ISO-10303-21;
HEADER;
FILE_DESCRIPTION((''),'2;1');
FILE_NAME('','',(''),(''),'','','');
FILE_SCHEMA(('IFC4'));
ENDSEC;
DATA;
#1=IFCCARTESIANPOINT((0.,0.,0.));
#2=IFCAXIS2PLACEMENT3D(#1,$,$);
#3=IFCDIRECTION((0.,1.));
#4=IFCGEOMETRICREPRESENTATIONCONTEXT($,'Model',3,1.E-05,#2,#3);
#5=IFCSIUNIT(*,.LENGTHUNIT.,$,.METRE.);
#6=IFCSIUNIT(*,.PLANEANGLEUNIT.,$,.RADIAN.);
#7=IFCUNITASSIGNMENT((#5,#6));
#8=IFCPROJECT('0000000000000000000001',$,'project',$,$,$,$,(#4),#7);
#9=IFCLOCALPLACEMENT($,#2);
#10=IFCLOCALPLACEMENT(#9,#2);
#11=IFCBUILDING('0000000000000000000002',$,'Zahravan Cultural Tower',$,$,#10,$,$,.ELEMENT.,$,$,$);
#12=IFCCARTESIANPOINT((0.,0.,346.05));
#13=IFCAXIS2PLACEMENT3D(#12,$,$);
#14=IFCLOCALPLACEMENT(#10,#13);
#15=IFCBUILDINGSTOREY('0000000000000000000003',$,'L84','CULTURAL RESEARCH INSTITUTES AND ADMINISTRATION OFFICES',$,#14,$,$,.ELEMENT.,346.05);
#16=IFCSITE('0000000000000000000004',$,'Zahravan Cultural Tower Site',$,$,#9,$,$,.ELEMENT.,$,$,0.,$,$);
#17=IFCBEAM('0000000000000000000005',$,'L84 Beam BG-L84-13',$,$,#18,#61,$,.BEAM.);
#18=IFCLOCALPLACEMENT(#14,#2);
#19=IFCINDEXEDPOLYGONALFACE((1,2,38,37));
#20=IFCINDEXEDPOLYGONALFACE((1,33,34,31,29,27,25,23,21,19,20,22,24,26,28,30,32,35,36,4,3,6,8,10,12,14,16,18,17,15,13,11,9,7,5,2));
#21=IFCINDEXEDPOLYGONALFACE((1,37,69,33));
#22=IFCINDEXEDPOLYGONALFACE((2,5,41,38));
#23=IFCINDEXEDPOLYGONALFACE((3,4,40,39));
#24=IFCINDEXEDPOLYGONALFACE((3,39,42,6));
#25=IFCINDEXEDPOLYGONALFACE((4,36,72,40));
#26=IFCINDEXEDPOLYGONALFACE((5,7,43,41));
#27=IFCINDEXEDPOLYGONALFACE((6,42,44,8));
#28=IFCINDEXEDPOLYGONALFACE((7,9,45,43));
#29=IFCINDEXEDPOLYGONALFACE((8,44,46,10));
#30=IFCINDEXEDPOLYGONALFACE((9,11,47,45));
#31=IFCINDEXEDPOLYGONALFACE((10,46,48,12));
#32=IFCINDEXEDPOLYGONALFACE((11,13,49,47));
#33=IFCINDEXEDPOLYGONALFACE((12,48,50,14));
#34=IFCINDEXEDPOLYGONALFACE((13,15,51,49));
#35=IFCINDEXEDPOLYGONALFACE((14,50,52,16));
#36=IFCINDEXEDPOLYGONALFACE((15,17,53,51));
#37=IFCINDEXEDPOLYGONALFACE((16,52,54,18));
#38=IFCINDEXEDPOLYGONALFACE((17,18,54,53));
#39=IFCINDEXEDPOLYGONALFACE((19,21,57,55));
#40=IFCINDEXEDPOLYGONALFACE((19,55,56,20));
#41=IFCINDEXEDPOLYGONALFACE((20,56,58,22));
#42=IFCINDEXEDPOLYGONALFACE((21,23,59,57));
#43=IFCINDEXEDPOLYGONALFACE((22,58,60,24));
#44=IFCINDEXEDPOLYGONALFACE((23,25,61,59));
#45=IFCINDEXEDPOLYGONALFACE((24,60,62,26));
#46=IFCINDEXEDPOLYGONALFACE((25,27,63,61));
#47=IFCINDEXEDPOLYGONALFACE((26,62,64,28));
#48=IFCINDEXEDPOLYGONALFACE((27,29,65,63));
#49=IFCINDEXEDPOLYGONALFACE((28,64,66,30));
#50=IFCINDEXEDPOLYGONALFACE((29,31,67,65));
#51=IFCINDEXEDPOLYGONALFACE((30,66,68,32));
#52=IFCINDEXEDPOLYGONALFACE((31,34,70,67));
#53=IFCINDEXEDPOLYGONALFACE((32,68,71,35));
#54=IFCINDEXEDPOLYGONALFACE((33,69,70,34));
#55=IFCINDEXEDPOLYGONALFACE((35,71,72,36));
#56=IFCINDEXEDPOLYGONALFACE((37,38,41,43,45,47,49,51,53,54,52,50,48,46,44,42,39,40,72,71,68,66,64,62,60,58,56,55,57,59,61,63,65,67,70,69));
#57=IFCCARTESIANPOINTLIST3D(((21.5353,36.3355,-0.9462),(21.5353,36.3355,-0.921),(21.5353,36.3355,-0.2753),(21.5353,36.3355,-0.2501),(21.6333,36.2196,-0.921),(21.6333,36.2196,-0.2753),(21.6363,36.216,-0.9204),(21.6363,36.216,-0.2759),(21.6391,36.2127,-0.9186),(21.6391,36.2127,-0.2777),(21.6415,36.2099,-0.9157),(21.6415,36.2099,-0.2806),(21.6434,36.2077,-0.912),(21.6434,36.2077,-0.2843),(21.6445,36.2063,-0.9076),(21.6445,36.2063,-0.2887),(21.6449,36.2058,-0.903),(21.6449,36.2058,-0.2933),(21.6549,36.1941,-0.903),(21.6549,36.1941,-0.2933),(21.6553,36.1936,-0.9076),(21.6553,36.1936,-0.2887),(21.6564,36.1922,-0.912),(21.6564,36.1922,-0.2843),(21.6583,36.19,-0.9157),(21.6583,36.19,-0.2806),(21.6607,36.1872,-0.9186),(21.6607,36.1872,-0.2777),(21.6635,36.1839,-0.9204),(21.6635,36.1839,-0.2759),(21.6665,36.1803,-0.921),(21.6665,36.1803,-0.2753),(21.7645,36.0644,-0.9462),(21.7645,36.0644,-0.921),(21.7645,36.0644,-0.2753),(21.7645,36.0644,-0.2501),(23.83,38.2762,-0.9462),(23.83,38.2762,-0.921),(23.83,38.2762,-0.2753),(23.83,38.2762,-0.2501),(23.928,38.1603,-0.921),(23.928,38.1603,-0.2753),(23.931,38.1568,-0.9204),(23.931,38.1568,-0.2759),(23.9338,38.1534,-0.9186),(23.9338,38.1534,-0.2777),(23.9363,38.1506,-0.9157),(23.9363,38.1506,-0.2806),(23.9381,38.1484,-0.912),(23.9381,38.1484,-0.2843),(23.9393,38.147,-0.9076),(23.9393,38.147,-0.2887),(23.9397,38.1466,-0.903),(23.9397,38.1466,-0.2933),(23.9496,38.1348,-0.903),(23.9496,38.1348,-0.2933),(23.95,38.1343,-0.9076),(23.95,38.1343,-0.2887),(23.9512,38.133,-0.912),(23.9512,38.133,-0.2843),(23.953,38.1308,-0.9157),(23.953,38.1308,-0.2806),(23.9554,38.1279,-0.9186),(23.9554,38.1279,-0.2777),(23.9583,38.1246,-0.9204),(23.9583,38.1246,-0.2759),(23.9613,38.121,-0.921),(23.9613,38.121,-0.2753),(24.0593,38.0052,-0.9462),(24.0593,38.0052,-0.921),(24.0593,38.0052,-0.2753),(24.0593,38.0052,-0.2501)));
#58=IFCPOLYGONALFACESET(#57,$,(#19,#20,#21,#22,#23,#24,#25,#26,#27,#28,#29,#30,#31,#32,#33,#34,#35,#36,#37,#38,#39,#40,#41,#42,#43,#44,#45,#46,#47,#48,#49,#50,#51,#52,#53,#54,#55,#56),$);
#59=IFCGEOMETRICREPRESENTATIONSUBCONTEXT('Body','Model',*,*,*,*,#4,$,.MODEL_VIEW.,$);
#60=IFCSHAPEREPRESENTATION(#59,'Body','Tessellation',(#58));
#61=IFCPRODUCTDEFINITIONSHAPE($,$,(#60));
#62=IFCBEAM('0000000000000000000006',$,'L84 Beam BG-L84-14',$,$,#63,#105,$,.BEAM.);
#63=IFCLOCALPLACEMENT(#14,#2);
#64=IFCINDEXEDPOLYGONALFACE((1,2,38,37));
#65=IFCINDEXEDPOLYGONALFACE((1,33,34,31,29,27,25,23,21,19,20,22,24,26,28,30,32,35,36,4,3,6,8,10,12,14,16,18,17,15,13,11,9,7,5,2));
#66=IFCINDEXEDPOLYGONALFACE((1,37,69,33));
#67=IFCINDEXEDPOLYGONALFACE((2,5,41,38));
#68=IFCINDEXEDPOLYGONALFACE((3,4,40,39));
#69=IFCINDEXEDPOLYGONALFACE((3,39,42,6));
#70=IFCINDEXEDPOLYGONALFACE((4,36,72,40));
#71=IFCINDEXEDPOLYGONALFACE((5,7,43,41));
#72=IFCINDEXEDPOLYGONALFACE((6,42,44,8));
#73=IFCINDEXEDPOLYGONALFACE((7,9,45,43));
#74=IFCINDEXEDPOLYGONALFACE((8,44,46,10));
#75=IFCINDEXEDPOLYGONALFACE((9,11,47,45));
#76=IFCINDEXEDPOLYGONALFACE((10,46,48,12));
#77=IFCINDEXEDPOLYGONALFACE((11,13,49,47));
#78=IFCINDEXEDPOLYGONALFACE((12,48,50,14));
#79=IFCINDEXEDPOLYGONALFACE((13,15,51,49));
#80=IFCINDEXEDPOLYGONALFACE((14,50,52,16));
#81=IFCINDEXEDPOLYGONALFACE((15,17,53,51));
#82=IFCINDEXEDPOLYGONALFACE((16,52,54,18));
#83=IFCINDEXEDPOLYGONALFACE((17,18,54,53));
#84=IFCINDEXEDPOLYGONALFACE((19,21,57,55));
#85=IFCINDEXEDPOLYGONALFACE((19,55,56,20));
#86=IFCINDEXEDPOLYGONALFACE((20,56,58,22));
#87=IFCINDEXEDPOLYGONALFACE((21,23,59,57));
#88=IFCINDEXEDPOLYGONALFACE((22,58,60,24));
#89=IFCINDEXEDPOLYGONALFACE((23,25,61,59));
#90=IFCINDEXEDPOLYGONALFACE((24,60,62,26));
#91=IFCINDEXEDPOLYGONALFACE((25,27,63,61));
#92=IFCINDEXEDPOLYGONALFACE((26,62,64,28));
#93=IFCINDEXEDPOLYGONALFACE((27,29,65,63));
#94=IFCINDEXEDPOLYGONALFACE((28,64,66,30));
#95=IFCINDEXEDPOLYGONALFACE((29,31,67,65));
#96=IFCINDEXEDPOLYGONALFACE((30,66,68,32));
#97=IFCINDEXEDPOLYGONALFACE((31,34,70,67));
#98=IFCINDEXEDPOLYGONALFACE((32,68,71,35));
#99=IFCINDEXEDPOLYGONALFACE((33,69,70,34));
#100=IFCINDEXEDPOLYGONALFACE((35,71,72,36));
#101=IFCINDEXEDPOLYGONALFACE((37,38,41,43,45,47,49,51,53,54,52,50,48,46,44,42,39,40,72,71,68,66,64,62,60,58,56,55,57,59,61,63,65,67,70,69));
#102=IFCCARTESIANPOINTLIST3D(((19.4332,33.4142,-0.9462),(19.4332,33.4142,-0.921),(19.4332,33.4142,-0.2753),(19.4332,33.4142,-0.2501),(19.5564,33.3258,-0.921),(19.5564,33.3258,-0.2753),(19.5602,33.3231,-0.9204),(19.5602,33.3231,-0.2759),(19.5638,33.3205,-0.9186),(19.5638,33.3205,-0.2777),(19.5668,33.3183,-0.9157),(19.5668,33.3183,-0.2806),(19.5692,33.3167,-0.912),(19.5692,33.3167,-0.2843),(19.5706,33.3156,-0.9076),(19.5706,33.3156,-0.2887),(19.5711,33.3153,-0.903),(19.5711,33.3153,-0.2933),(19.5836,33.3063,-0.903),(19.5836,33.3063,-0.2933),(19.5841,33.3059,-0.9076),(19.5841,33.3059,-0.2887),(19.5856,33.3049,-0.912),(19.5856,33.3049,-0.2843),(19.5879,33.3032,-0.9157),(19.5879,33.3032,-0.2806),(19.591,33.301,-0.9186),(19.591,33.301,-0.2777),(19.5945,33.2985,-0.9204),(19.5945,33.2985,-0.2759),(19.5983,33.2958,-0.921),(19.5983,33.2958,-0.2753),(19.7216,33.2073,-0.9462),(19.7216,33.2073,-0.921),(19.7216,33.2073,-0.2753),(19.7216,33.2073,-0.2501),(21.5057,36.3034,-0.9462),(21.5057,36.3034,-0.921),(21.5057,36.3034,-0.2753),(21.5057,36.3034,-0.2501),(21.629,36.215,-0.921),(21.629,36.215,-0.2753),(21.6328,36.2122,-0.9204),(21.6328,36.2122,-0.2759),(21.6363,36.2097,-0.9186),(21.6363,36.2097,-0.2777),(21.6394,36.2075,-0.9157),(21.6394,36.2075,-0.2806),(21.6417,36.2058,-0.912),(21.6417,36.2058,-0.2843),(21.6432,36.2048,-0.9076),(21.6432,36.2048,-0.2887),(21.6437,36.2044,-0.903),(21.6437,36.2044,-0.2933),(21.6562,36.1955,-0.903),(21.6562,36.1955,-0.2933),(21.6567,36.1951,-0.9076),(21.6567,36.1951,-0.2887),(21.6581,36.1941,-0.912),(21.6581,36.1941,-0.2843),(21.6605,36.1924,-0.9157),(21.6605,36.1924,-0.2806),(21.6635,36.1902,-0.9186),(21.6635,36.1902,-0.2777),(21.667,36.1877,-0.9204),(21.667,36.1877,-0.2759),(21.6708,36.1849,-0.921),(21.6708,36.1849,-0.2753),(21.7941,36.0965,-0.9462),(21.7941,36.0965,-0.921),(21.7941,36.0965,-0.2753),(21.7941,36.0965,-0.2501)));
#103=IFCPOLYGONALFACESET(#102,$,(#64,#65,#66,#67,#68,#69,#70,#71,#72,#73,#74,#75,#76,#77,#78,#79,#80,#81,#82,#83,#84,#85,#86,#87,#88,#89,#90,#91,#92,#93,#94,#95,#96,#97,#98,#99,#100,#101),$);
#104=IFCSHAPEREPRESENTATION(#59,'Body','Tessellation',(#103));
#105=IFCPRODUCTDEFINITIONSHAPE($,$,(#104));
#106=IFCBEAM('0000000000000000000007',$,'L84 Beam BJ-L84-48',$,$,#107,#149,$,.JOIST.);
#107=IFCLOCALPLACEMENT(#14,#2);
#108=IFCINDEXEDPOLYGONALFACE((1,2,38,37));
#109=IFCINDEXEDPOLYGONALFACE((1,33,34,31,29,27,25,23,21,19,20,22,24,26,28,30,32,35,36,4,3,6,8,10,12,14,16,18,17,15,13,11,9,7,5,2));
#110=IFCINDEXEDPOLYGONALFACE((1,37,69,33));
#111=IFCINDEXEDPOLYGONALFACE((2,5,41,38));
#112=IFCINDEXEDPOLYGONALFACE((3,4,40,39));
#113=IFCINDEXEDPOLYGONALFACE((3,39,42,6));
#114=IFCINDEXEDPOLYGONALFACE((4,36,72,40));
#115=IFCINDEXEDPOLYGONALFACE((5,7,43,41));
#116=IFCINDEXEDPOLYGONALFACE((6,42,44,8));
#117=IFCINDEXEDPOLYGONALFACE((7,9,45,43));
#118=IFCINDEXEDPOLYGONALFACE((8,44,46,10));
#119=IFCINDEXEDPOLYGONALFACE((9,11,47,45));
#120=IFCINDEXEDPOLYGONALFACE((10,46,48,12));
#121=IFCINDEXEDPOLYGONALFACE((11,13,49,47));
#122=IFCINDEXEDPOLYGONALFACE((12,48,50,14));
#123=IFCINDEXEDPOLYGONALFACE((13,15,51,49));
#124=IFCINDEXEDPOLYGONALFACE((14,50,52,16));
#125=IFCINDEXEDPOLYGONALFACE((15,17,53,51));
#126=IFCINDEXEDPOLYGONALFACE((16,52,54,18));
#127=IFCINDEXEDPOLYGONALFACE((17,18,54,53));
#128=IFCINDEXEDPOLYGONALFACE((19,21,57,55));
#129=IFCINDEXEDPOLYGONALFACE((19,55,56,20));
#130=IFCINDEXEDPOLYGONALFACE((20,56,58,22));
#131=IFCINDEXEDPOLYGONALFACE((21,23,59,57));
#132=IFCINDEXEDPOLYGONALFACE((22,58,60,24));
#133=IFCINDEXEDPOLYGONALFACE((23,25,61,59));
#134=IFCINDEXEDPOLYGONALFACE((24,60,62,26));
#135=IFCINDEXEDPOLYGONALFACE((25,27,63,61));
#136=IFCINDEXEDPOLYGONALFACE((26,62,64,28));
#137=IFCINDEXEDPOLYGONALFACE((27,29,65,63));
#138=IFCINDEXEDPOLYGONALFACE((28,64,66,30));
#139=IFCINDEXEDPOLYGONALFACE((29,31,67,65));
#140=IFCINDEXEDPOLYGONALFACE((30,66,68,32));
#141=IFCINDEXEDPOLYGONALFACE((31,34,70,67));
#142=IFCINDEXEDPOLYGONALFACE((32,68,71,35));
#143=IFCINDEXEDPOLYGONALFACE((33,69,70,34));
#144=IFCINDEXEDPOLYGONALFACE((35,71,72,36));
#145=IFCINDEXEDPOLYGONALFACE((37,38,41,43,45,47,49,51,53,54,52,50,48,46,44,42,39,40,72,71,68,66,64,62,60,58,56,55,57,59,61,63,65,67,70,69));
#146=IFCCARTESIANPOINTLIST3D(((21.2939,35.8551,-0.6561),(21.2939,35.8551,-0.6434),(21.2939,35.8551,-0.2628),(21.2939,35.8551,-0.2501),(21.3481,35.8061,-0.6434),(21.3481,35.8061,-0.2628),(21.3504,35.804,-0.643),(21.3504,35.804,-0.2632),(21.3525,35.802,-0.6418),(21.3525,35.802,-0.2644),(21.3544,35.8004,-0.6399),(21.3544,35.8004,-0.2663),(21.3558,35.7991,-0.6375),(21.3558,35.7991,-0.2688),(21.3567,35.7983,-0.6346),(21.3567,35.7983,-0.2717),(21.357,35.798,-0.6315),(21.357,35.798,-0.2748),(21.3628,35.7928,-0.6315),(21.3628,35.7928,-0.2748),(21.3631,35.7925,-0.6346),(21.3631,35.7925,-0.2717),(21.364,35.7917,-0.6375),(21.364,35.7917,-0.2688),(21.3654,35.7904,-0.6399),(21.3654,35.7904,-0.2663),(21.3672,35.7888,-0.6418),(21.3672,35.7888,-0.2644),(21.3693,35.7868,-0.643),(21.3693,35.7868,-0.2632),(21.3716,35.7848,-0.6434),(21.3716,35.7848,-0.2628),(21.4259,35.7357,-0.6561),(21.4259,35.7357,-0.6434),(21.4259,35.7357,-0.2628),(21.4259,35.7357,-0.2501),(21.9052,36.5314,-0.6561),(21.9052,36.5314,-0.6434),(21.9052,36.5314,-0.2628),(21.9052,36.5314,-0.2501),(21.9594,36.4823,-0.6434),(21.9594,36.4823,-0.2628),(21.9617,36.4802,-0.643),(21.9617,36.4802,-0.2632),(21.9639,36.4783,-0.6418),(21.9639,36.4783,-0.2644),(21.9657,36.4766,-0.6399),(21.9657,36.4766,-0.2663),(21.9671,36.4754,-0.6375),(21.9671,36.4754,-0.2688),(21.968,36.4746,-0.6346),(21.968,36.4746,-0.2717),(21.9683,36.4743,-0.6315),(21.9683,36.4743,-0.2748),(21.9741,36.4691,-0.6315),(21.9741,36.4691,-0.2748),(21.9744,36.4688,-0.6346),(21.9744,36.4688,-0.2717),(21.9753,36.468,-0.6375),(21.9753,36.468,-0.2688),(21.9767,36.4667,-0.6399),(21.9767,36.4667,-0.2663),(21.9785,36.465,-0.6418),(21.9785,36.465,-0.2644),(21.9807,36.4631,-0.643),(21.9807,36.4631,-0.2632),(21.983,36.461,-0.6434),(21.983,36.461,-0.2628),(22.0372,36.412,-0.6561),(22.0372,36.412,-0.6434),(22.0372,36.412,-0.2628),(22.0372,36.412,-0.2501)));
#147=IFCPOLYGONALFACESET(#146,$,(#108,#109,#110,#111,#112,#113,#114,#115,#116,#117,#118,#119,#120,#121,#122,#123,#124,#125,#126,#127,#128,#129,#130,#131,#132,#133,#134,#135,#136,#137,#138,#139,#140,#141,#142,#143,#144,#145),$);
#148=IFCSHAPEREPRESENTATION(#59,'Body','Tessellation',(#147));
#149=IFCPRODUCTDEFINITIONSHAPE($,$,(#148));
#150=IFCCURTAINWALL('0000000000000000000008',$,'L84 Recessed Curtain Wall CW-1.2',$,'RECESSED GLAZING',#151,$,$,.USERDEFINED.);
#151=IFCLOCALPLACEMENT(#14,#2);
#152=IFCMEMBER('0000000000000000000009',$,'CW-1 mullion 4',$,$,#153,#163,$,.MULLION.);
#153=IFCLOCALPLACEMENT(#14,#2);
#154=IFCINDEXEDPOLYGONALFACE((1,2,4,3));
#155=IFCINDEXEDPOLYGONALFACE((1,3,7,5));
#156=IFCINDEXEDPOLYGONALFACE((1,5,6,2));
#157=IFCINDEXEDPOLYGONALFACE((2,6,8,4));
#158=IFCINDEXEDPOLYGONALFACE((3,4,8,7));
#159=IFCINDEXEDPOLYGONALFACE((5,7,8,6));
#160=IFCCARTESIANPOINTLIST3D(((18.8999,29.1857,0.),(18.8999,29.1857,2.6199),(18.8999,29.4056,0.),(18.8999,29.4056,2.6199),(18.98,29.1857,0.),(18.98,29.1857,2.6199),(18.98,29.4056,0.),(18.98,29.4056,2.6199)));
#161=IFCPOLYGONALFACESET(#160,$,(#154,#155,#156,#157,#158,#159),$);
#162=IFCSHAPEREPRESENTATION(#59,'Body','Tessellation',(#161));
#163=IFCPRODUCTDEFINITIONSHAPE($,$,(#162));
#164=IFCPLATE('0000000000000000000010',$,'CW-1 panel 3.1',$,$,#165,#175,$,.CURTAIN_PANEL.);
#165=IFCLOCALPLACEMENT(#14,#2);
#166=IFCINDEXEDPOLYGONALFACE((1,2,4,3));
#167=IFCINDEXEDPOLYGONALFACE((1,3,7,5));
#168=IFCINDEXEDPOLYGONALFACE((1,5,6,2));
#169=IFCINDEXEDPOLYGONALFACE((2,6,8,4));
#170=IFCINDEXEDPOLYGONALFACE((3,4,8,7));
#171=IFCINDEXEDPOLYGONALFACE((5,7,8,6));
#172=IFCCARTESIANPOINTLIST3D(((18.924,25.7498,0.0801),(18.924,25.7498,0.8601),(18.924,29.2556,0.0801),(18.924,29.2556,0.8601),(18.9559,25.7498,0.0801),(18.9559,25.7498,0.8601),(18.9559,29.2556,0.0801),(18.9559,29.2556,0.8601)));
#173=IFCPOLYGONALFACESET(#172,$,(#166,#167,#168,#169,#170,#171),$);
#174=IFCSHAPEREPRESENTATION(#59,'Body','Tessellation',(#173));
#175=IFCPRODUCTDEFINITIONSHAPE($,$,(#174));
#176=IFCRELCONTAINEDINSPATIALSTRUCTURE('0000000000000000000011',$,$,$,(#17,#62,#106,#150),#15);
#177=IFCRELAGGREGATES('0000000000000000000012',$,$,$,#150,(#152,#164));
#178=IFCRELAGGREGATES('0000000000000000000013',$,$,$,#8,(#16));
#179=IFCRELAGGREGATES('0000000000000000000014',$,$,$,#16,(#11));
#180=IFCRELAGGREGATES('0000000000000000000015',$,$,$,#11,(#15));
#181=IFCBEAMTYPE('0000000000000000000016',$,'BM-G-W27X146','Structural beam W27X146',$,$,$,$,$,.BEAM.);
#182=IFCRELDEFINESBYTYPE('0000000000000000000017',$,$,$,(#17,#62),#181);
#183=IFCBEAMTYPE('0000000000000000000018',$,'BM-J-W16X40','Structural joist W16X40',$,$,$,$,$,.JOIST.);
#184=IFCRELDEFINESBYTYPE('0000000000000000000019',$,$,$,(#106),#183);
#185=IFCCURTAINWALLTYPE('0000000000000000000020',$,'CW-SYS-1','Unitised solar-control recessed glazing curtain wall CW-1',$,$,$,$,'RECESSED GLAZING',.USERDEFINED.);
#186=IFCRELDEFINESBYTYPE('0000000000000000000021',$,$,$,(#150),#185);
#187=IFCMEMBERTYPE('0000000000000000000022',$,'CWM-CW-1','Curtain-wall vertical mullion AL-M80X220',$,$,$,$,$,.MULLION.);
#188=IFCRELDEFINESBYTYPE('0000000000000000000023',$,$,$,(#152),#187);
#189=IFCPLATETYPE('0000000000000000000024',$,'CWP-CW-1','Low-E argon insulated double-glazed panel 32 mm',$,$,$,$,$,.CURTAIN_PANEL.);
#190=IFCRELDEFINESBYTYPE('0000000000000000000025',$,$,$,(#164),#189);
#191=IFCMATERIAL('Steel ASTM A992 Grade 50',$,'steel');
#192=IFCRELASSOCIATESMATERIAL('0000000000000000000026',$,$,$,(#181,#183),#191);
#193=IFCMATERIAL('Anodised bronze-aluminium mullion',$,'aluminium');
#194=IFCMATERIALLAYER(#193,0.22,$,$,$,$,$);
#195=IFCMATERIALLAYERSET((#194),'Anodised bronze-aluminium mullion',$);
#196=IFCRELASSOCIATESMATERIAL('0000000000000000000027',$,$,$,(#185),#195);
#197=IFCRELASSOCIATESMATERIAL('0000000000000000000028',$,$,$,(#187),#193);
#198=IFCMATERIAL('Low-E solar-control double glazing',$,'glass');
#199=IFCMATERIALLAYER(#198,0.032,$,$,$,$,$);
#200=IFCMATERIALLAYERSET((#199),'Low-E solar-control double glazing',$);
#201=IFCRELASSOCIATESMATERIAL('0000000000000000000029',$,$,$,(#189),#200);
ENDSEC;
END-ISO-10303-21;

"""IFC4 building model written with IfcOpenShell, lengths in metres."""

from ifc_helpers import new_model, si_unit, direction, frame, origin, origin_2d, place, context, subcontext, project, spatial, rectangle, i_section, extrude, source, transform, mapped, material, layer, layer_set, material_profile, profile_set, type_object, element, aggregate, save


model = new_model("IFC4")

# Units and contexts
model_context = context("Model", 3, precision=1e-05, world=origin(), true_north=direction((0.0, 1.0)))
body_context = subcontext(model_context, "Body", "Model", "MODEL_VIEW")
ifc_project = project(units=[si_unit("LENGTHUNIT", "METRE"), si_unit("PLANEANGLEUNIT", "RADIAN")], contexts=[model_context])

# Site, building, storey
site_placement = place(None, origin())
site = spatial("IfcSite", under=ifc_project, at=site_placement, Name="Zahravan Cultural Tower Site", CompositionType="ELEMENT", RefElevation=0.0)
building_placement = place(site_placement, origin())
building = spatial("IfcBuilding", under=site, at=building_placement, Name="Zahravan Cultural Tower", CompositionType="ELEMENT")
storey_placement = place(building_placement, frame((0.0, 0.0, 346.05)))
storey = spatial("IfcBuildingStorey", under=building, at=storey_placement, Name="L84", Description="CULTURAL RESEARCH INSTITUTES AND ADMINISTRATION OFFICES", CompositionType="ELEMENT", Elevation=346.05)

# Shared definitions
ifc_material_1 = material(Name="Steel ASTM A992 Grade 50", Category="steel")

# Beams
ifc_material_profile_1 = material_profile(ifc_material_1, i_section(OverallWidth=0.355, OverallDepth=0.696, WebThickness=0.0154, FlangeThickness=0.0251, FilletRadius=0.0181, at=origin_2d()), Name="W27X146")
ifc_profile_set_1 = profile_set([ifc_material_profile_1], Name="Steel ASTM A992 Grade 50")
beam_type_1 = type_object("IfcBeamType", Name="BM-G-W27X146", Description="Structural beam W27X146", PredefinedType="BEAM", material=ifc_profile_set_1)
shared_shape_1 = source(origin(), body_context, "Body", "SweptSolid", [
    extrude(i_section(OverallWidth=0.355, OverallDepth=0.696, WebThickness=0.0154, FlangeThickness=0.0251, FilletRadius=0.0181, at=origin_2d()), origin(), (0.0, 0.0, 1.0), 3.0054),
])
beam_1_placement = place(storey_placement, frame((21.6499, 36.2, -0.5981), z_axis=(0.763546, 0.645753, 0.0), x_axis=(-0.645753, 0.763546, 0.0)))
element("IfcBeam", 1, at=beam_1_placement, inside=storey, type_object=beam_type_1, Name="L84 Beam BG-L84-13", PredefinedType="BEAM", context=body_context, shape_type="MappedRepresentation", body=[
    mapped(shared_shape_1, transform((0.0, 0.0, 0.0), x_axis=(1.0, 0.0, 0.0), y_axis=(0.0, 1.0, 0.0), z_axis=(0.0, 0.0, 1.0), scale=1.0)),
])
shared_shape_2 = source(origin(), body_context, "Body", "SweptSolid", [
    extrude(i_section(OverallWidth=0.355, OverallDepth=0.696, WebThickness=0.0154, FlangeThickness=0.0251, FilletRadius=0.0181, at=origin_2d()), origin(), (0.0, 0.0, 1.0), 3.5557),
])
beam_2_placement = place(storey_placement, frame((21.6499, 36.2, -0.5981), z_axis=(-0.58288, -0.812558, 0.0), x_axis=(0.812558, -0.58288, 0.0)))
element("IfcBeam", 2, at=beam_2_placement, inside=storey, type_object=beam_type_1, Name="L84 Beam BG-L84-14", PredefinedType="BEAM", context=body_context, shape_type="MappedRepresentation", body=[
    mapped(shared_shape_2, transform((0.0, 0.0, 0.0), x_axis=(1.0, 0.0, 0.0), y_axis=(0.0, 1.0, 0.0), z_axis=(0.0, 0.0, 1.0), scale=1.0)),
])
ifc_material_profile_2 = material_profile(ifc_material_1, i_section(OverallWidth=0.178, OverallDepth=0.406, WebThickness=0.0078, FlangeThickness=0.0127, FilletRadius=0.012, at=origin_2d()), Name="W16X40")
ifc_profile_set_2 = profile_set([ifc_material_profile_2], Name="Steel ASTM A992 Grade 50")
beam_type_2 = type_object("IfcBeamType", Name="BM-J-W16X40", Description="Structural joist W16X40", PredefinedType="JOIST", material=ifc_profile_set_2)
shared_shape_3 = source(origin(), body_context, "Body", "SweptSolid", [
    extrude(i_section(OverallWidth=0.178, OverallDepth=0.406, WebThickness=0.0078, FlangeThickness=0.0127, FilletRadius=0.012, at=origin_2d()), origin(), (0.0, 0.0, 1.0), 0.9116),
])
beam_3_placement = place(storey_placement, frame((21.9712, 36.4717, -0.4531), z_axis=(-0.670591, -0.741828, 0.0), x_axis=(0.741828, -0.670591, 0.0)))
element("IfcBeam", 3, at=beam_3_placement, inside=storey, type_object=beam_type_2, Name="L84 Beam BJ-L84-48", PredefinedType="JOIST", context=body_context, shape_type="MappedRepresentation", body=[
    mapped(shared_shape_3, transform((0.0, 0.0, 0.0), x_axis=(1.0, 0.0, 0.0), y_axis=(0.0, 1.0, 0.0), z_axis=(0.0, 0.0, 1.0), scale=1.0)),
])

# Curtain wall, member, plate
ifc_material_2 = material(Name="Anodised bronze-aluminium mullion", Category="aluminium")
ifc_layer_1 = layer(ifc_material_2, 0.22)
ifc_layer_set_1 = layer_set([ifc_layer_1], Name="Anodised bronze-aluminium mullion")
curtain_wall_type = type_object("IfcCurtainWallType", Name="CW-SYS-1", Description="Unitised solar-control recessed glazing curtain wall CW-1", ElementType="RECESSED GLAZING", PredefinedType="USERDEFINED", material=ifc_layer_set_1)
curtain_wall_placement = place(storey_placement, origin())
curtain_wall = element("IfcCurtainWall", 4, at=curtain_wall_placement, inside=storey, type_object=curtain_wall_type, Name="L84 Recessed Curtain Wall CW-1.2", ObjectType="RECESSED GLAZING", PredefinedType="USERDEFINED")
ifc_material_profile_3 = material_profile(ifc_material_2, rectangle(XDim=0.0801, YDim=0.22, at=origin_2d()), Name="AL-M80X220")
ifc_profile_set_3 = profile_set([ifc_material_profile_3], Name="Anodised bronze-aluminium mullion")
member_type = type_object("IfcMemberType", Name="CWM-CW-1", Description="Curtain-wall vertical mullion AL-M80X220", PredefinedType="MULLION", material=ifc_profile_set_3)
shared_shape_4 = source(origin(), body_context, "Body", "SweptSolid", [
    extrude(rectangle(XDim=0.0801, YDim=0.22, at=origin_2d()), origin(), (0.0, 0.0, 1.0), 2.6199),
])
member_placement = place(storey_placement, frame((18.9399, 29.2957, 0.0), z_axis=(0.0, 0.0, 1.0), x_axis=(-1.0, 0.0, 0.0)))
member = element("IfcMember", 5, at=member_placement, type_object=member_type, Name="CW-1 mullion 4", PredefinedType="MULLION", context=body_context, shape_type="MappedRepresentation", body=[
    mapped(shared_shape_4, transform((0.0, 0.0, 0.0), x_axis=(1.0, 0.0, 0.0), y_axis=(0.0, 1.0, 0.0), z_axis=(0.0, 0.0, 1.0), scale=1.0)),
])
ifc_material_3 = material(Name="Low-E solar-control double glazing", Category="glass")
ifc_layer_2 = layer(ifc_material_3, 0.032)
ifc_layer_set_2 = layer_set([ifc_layer_2], Name="Low-E solar-control double glazing")
plate_type = type_object("IfcPlateType", Name="CWP-CW-1", Description="Low-E argon insulated double-glazed panel 32 mm", PredefinedType="CURTAIN_PANEL", material=ifc_layer_set_2)
shared_shape_5 = source(origin(), body_context, "Body", "SweptSolid", [
    extrude(rectangle(XDim=3.5059, YDim=0.032, at=origin_2d()), origin(), (0.0, 0.0, 1.0), 0.78),
])
plate_1_placement = place(storey_placement, frame((18.9399, 27.5027, 0.0801), z_axis=(0.0, 0.0, 1.0), x_axis=(0.0, 1.0, 0.0)))
plate_1 = element("IfcPlate", 6, at=plate_1_placement, type_object=plate_type, Name="CW-1 panel 3.1", PredefinedType="CURTAIN_PANEL", context=body_context, shape_type="MappedRepresentation", body=[
    mapped(shared_shape_5, transform((0.0, 0.0, 0.0), x_axis=(1.0, 0.0, 0.0), y_axis=(0.0, 1.0, 0.0), z_axis=(0.0, 0.0, 1.0), scale=1.0)),
])
aggregate(curtain_wall, [member, plate_1])

save(model, "model.ifc")
